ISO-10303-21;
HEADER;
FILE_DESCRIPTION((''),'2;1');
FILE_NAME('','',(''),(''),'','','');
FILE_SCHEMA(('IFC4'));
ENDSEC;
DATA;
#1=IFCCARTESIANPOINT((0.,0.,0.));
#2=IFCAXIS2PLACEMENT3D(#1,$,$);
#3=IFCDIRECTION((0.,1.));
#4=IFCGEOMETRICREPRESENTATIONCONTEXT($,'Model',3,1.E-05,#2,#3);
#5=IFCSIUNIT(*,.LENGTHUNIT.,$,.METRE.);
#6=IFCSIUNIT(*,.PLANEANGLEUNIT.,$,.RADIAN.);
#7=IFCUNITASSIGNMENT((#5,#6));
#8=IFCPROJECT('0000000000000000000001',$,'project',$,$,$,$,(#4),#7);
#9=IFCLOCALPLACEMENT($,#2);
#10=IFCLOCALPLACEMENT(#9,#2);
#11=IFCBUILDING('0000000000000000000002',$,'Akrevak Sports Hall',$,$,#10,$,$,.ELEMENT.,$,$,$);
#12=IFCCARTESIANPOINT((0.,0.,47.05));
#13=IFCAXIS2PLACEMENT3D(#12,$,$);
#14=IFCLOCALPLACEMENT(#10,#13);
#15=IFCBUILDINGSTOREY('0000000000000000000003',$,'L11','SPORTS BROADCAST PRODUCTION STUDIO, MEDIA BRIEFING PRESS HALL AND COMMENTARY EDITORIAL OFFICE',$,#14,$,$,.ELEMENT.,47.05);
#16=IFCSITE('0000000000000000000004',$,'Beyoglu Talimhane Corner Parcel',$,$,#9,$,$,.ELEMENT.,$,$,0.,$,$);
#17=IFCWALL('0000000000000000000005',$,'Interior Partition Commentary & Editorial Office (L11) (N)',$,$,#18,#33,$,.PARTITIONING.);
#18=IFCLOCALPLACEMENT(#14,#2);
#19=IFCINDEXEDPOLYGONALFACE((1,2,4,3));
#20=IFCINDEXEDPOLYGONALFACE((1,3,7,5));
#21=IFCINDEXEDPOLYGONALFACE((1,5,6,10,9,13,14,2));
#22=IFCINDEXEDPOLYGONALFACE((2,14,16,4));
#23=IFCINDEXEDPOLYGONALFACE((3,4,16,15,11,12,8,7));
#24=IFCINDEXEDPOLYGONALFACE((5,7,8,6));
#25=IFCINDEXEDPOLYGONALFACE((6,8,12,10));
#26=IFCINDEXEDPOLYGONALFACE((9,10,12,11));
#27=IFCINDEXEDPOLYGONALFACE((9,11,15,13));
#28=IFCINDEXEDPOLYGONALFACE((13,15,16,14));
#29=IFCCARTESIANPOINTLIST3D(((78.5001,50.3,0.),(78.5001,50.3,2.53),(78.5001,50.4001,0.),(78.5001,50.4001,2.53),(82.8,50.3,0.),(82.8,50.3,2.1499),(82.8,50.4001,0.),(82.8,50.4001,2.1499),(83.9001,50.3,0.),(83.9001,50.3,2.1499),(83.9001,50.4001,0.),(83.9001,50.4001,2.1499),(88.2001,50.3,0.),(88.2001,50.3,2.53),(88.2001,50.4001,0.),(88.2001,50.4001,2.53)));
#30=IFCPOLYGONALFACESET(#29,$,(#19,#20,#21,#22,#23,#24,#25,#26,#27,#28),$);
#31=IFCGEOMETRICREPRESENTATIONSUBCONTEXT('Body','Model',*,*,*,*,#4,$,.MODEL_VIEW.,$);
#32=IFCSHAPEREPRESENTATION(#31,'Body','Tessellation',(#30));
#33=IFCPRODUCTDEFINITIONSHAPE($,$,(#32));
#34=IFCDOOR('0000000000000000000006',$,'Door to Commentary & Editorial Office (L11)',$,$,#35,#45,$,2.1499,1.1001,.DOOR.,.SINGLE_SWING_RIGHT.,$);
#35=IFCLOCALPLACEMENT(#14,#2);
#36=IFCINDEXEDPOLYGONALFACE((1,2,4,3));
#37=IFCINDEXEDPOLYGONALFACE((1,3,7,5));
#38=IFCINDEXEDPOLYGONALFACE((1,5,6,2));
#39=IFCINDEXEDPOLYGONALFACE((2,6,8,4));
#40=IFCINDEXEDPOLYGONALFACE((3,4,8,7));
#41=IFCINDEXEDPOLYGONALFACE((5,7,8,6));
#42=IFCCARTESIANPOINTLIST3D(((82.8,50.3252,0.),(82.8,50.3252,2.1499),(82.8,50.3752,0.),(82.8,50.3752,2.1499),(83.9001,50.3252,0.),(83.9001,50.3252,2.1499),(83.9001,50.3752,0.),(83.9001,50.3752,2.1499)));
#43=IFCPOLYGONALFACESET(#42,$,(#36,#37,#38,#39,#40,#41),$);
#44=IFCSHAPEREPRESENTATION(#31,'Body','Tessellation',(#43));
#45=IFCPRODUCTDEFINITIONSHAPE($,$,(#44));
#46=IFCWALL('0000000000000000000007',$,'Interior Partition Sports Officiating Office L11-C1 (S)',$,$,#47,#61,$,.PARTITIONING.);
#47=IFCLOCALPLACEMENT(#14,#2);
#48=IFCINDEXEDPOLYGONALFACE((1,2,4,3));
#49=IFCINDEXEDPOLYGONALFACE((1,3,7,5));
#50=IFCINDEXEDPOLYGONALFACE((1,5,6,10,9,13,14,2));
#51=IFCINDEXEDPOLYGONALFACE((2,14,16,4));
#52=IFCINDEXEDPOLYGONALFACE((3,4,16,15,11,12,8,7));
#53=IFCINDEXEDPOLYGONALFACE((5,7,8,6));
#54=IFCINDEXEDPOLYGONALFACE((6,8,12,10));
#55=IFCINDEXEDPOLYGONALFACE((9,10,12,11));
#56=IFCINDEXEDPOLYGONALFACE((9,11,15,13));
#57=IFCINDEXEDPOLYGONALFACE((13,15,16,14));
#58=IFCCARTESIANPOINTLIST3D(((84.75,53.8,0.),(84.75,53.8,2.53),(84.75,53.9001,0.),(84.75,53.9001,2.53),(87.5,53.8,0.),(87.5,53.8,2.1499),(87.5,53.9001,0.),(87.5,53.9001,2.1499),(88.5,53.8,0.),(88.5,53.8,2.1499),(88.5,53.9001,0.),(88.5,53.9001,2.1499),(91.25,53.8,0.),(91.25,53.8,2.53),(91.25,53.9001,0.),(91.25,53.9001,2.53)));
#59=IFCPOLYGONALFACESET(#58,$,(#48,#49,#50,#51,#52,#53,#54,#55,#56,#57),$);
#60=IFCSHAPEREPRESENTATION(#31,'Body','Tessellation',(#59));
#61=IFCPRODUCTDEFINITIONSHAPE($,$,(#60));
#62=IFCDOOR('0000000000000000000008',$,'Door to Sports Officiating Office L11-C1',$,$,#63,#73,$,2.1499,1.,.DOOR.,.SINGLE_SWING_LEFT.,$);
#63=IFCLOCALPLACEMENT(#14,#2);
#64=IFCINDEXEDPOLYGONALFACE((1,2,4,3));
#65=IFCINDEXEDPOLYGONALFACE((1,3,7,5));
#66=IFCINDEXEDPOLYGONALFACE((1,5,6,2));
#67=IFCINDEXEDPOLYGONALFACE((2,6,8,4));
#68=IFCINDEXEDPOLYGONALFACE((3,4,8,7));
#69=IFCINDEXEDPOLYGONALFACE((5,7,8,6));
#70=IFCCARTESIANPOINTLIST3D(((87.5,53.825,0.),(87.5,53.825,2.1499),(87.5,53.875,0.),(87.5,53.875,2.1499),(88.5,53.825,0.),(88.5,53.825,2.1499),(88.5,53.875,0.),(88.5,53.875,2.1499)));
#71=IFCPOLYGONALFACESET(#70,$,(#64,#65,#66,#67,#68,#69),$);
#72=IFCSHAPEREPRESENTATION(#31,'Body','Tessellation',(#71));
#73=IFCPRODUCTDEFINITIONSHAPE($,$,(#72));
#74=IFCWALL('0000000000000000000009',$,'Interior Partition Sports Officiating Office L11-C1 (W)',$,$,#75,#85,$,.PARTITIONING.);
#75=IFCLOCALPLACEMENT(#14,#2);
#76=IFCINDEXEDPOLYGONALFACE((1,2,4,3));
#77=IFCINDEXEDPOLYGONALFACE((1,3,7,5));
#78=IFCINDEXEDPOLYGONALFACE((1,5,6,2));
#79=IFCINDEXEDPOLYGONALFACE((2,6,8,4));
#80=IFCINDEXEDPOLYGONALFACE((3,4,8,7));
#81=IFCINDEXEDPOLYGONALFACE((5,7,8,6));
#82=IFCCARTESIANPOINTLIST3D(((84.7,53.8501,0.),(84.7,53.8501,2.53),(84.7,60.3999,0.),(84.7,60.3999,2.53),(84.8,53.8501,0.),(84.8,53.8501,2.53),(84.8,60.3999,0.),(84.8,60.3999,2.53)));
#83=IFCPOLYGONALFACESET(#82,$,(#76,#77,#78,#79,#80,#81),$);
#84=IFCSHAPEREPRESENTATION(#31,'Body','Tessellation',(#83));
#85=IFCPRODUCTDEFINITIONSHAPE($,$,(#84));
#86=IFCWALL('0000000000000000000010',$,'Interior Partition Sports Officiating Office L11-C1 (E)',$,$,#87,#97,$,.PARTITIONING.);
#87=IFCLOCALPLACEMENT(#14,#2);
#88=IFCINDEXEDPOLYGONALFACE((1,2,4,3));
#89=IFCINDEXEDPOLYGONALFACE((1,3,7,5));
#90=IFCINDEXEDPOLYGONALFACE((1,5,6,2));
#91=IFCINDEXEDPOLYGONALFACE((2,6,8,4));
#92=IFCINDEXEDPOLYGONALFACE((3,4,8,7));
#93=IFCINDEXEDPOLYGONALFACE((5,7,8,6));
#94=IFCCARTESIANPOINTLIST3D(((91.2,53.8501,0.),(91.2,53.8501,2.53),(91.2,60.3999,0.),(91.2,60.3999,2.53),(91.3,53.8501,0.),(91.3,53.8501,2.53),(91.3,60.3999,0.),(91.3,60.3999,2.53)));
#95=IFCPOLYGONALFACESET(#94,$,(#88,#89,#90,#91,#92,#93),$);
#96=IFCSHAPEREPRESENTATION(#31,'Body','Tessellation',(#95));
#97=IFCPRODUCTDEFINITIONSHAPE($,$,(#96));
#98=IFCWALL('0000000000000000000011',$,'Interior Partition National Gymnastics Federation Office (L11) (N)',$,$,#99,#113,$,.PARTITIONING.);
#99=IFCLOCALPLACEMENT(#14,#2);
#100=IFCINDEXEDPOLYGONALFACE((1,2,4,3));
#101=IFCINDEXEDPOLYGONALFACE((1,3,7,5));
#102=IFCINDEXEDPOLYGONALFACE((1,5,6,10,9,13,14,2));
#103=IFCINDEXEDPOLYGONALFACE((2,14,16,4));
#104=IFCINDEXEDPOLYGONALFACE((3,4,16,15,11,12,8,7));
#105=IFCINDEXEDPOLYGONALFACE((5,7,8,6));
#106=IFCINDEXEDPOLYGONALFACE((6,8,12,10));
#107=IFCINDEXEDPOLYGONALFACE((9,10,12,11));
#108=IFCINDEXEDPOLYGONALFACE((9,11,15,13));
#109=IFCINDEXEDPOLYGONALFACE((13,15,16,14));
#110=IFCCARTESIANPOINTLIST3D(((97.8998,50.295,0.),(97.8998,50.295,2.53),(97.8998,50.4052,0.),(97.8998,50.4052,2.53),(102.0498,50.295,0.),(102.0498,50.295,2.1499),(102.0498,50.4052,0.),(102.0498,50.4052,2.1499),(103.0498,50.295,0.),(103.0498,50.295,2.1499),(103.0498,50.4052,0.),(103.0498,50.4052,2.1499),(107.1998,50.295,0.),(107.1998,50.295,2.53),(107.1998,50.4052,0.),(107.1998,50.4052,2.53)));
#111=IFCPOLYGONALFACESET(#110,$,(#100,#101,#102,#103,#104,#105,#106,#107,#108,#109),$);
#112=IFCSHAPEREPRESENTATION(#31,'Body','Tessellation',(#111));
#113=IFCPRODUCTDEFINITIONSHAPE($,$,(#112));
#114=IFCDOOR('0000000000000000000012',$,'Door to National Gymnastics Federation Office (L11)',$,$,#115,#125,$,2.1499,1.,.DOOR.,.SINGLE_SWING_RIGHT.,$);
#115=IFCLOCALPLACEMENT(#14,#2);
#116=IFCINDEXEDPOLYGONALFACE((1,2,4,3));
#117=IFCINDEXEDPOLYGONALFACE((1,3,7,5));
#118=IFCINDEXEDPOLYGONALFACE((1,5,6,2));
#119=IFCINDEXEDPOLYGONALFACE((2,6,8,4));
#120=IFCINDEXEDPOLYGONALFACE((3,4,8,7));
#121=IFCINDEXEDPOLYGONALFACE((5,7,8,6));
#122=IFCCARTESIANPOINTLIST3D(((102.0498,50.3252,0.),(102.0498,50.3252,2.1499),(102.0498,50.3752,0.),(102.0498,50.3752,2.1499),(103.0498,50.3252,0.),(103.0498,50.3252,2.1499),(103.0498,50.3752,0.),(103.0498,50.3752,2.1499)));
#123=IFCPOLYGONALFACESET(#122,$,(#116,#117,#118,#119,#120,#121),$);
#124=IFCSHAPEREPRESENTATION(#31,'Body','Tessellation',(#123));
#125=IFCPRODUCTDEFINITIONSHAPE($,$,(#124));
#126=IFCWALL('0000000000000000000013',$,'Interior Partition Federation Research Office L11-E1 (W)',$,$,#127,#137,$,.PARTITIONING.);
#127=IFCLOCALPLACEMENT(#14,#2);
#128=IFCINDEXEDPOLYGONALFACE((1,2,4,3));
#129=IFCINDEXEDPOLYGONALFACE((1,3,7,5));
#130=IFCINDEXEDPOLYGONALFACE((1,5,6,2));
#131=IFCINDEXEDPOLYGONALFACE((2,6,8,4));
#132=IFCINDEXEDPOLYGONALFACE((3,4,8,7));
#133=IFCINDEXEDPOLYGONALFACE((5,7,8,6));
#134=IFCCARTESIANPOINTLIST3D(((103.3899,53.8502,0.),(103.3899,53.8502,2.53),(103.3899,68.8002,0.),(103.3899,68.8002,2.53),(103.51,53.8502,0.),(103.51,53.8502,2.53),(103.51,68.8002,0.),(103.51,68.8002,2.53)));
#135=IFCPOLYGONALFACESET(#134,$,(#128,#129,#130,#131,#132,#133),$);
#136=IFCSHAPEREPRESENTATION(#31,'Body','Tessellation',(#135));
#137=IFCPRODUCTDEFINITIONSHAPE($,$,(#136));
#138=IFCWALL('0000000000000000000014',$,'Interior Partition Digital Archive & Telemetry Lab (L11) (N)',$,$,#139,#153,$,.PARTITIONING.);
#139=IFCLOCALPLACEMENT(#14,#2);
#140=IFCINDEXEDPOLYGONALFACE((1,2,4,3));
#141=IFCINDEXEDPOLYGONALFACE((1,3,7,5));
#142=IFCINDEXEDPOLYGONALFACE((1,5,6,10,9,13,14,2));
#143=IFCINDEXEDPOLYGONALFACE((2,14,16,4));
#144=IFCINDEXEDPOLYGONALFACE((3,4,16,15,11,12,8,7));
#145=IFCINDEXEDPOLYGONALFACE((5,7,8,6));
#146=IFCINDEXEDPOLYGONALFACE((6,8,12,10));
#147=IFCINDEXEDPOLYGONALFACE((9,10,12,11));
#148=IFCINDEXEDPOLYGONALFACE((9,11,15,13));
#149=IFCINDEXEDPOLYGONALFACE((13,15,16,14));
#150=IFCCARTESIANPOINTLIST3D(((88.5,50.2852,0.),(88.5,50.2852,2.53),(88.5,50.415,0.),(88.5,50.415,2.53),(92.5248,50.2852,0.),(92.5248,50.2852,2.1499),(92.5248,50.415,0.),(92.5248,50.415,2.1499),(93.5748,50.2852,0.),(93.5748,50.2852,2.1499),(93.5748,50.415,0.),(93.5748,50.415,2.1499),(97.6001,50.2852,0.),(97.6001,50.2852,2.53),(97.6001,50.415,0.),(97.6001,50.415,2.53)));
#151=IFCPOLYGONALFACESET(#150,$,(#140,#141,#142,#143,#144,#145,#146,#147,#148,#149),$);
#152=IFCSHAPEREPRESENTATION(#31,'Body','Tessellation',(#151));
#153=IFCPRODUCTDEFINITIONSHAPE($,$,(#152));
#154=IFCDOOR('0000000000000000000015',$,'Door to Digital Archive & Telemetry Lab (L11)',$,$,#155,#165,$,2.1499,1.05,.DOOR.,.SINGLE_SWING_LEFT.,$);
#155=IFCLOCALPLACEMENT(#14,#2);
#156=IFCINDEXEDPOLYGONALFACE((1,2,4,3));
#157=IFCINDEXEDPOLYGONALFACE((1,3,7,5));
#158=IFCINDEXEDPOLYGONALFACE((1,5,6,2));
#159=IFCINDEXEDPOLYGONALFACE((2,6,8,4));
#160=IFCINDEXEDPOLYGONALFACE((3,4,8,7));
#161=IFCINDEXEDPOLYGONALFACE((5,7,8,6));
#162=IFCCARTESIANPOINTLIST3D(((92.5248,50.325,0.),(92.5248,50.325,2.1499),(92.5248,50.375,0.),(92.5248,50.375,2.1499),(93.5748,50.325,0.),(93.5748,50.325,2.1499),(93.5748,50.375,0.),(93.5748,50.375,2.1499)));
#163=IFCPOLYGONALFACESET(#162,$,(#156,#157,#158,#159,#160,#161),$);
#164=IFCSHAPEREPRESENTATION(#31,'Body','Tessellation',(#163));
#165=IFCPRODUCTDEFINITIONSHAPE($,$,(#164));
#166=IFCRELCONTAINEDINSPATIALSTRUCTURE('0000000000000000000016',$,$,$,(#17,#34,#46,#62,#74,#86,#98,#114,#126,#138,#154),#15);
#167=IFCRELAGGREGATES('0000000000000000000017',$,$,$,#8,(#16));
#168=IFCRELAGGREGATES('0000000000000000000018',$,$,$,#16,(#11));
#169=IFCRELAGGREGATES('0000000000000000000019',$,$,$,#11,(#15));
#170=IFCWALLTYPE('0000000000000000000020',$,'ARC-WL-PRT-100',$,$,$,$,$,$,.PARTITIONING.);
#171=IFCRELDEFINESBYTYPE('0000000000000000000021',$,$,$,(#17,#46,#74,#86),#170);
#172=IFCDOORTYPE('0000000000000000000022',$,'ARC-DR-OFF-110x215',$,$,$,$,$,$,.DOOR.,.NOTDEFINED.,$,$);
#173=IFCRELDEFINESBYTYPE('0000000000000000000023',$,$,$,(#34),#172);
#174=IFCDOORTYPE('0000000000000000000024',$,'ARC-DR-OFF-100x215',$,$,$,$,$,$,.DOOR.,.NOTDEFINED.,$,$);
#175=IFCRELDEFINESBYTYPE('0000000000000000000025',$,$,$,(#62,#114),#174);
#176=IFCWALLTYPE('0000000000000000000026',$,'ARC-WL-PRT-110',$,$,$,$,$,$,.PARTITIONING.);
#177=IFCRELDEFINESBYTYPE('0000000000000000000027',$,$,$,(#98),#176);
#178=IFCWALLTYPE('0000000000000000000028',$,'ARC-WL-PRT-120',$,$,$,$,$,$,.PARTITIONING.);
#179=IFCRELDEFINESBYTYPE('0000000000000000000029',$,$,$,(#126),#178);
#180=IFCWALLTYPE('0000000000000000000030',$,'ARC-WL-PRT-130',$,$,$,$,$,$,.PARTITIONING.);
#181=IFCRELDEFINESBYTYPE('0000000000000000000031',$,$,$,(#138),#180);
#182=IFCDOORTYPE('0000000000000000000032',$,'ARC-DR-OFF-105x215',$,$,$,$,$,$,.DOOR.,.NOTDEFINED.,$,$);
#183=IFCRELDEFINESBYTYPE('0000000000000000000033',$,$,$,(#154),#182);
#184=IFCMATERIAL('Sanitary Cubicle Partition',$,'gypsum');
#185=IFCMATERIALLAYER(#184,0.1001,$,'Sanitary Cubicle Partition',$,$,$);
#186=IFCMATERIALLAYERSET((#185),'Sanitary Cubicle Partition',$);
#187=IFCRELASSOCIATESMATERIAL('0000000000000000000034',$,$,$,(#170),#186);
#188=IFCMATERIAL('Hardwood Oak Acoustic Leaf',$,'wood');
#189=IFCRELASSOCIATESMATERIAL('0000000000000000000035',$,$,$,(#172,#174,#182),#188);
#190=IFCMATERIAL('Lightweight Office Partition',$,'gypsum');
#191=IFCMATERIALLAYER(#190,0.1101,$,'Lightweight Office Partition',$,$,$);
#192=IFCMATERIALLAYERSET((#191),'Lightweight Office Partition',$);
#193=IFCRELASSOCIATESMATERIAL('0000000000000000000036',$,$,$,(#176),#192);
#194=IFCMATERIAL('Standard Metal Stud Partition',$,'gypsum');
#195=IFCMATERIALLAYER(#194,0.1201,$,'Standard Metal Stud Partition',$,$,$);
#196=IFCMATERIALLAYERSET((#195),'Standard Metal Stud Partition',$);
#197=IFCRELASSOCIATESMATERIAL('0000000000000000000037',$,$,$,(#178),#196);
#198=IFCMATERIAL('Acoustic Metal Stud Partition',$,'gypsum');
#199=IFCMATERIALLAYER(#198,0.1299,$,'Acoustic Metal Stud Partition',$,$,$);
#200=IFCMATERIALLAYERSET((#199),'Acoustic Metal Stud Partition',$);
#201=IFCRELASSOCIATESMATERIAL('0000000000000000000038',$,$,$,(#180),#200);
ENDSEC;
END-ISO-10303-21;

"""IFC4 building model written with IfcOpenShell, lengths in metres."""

from ifc_helpers import new_model, si_unit, direction, frame, frame_2d, origin, place, context, subcontext, project, spatial, rectangle, extrude, material, layer, layer_set, type_object, element, fill, save


model = new_model("IFC4")

# Units and contexts
model_context = context("Model", 3, precision=1e-05, world=origin(), true_north=direction((0.0, 1.0)))
body_context = subcontext(model_context, "Body", "Model", "MODEL_VIEW")
ifc_project = project(units=[si_unit("LENGTHUNIT", "METRE"), si_unit("PLANEANGLEUNIT", "RADIAN")], contexts=[model_context])

# Site, building, storey
site_placement = place(None, origin())
site = spatial("IfcSite", under=ifc_project, at=site_placement, Name="Beyoglu Talimhane Corner Parcel", CompositionType="ELEMENT", RefElevation=0.0)
building_placement = place(site_placement, origin())
building = spatial("IfcBuilding", under=site, at=building_placement, Name="Akrevak Sports Hall", CompositionType="ELEMENT")
storey_placement = place(building_placement, frame((0.0, 0.0, 47.05)))
storey = spatial("IfcBuildingStorey", under=building, at=storey_placement, Name="L11", Description="SPORTS BROADCAST PRODUCTION STUDIO, MEDIA BRIEFING PRESS HALL AND COMMENTARY EDITORIAL OFFICE", CompositionType="ELEMENT", Elevation=47.05)

# Walls, openings, doors
ifc_material_1 = material(Name="Sanitary Cubicle Partition", Category="gypsum")
ifc_layer_1 = layer(ifc_material_1, 0.1001, Name="Sanitary Cubicle Partition")
ifc_layer_set_1 = layer_set([ifc_layer_1], Name="Sanitary Cubicle Partition")
wall_type_1 = type_object("IfcWallType", Name="ARC-WL-PRT-100", PredefinedType="PARTITIONING", material=ifc_layer_set_1)
wall_1_placement = place(storey_placement, frame((78.5, 50.3501, 0.0), z_axis=(0.0, 0.0, 1.0), x_axis=(1.0, 0.0, 0.0)))
wall_1 = element("IfcWall", 1, at=wall_1_placement, inside=storey, type_object=wall_type_1, Name="Interior Partition Commentary & Editorial Office (L11) (N)", PredefinedType="PARTITIONING", context=body_context, shape_type="SweptSolid", body=[
    extrude(rectangle(XDim=9.7, YDim=0.1001, at=frame_2d((4.8501, 0.0))), origin(), (0.0, 0.0, 1.0), 2.53),
])
opening_1_placement = place(wall_1_placement, frame((4.3, 0.0, 0.0)))
opening_1 = element("IfcOpeningElement", 2, at=opening_1_placement, cuts=wall_1, PredefinedType="OPENING", context=body_context, shape_type="SweptSolid", body=[
    extrude(rectangle(XDim=1.1001, YDim=2.1499, at=frame_2d((0.55, 1.075))), frame((0.0, 0.062, 0.0), z_axis=(0.0, -1.0, 0.0), x_axis=(1.0, 0.0, 0.0)), (0.0, 0.0, 1.0), 0.124),
])
ifc_material_2 = material(Name="Hardwood Oak Acoustic Leaf", Category="wood")
door_type_1 = type_object("IfcDoorType", Name="ARC-DR-OFF-110x215", OperationType="NOTDEFINED", PredefinedType="DOOR", material=ifc_material_2)
door_1_placement = place(opening_1_placement, frame((1.1001, 0.0, 0.0), z_axis=(0.0, 0.0, 1.0), x_axis=(-1.0, 0.0, 0.0)))
door_1 = element("IfcDoor", 3, at=door_1_placement, inside=storey, type_object=door_type_1, Name="Door to Commentary & Editorial Office (L11)", OperationType="SINGLE_SWING_RIGHT", OverallHeight=2.1499, OverallWidth=1.1001, PredefinedType="DOOR", context=body_context, shape_type="SweptSolid", body=[
    extrude(rectangle(XDim=1.1001, YDim=2.1499, at=frame_2d((0.55, 1.075))), frame((0.0, 0.0249, 0.0), z_axis=(0.0, -1.0, 0.0), x_axis=(1.0, 0.0, 0.0)), (0.0, 0.0, 1.0), 0.05),
])
fill(opening_1, door_1)
wall_2_placement = place(storey_placement, frame((84.75, 53.8501, 0.0), z_axis=(0.0, 0.0, 1.0), x_axis=(1.0, 0.0, 0.0)))
wall_2 = element("IfcWall", 4, at=wall_2_placement, inside=storey, type_object=wall_type_1, Name="Interior Partition Sports Officiating Office L11-C1 (S)", PredefinedType="PARTITIONING", context=body_context, shape_type="SweptSolid", body=[
    extrude(rectangle(XDim=6.5, YDim=0.1001, at=frame_2d((3.25, 0.0))), origin(), (0.0, 0.0, 1.0), 2.53),
])
opening_2_placement = place(wall_2_placement, frame((2.75, 0.0, 0.0)))
opening_2 = element("IfcOpeningElement", 5, at=opening_2_placement, cuts=wall_2, PredefinedType="OPENING", context=body_context, shape_type="SweptSolid", body=[
    extrude(rectangle(XDim=1.0, YDim=2.1499, at=frame_2d((0.5, 1.075))), frame((0.0, 0.062, 0.0), z_axis=(0.0, -1.0, 0.0), x_axis=(1.0, 0.0, 0.0)), (0.0, 0.0, 1.0), 0.124),
])
door_type_2 = type_object("IfcDoorType", Name="ARC-DR-OFF-100x215", OperationType="NOTDEFINED", PredefinedType="DOOR", material=ifc_material_2)
door_2_placement = place(opening_2_placement, origin())
door_2 = element("IfcDoor", 6, at=door_2_placement, inside=storey, type_object=door_type_2, Name="Door to Sports Officiating Office L11-C1", OperationType="SINGLE_SWING_LEFT", OverallHeight=2.1499, OverallWidth=1.0, PredefinedType="DOOR", context=body_context, shape_type="SweptSolid", body=[
    extrude(rectangle(XDim=1.0, YDim=2.1499, at=frame_2d((0.5, 1.075))), frame((0.0, 0.0249, 0.0), z_axis=(0.0, -1.0, 0.0), x_axis=(1.0, 0.0, 0.0)), (0.0, 0.0, 1.0), 0.05),
])
fill(opening_2, door_2)

# Walls
for number, where, z_axis, x_axis, name in (
    (7, (84.75, 53.8501, 0.0), (0.0, 0.0, 1.0), (0.0, 1.0, 0.0), "Interior Partition Sports Officiating Office L11-C1 (W)"),
    (8, (91.25, 53.8501, 0.0), (0.0, 0.0, 1.0), (0.0, 1.0, 0.0), "Interior Partition Sports Officiating Office L11-C1 (E)"),
):
    element("IfcWall", number, at=place(storey_placement, frame(where, z_axis=z_axis, x_axis=x_axis)), inside=storey, type_object=wall_type_1, Name=name, PredefinedType="PARTITIONING", context=body_context, shape_type="SweptSolid", body=[
        extrude(rectangle(XDim=6.5498, YDim=0.1001, at=frame_2d((3.2749, 0.0))), origin(), (0.0, 0.0, 1.0), 2.53),
    ])

# Wall, opening, door
ifc_material_3 = material(Name="Lightweight Office Partition", Category="gypsum")
ifc_layer_2 = layer(ifc_material_3, 0.1101, Name="Lightweight Office Partition")
ifc_layer_set_2 = layer_set([ifc_layer_2], Name="Lightweight Office Partition")
wall_type_2 = type_object("IfcWallType", Name="ARC-WL-PRT-110", PredefinedType="PARTITIONING", material=ifc_layer_set_2)
wall_3_placement = place(storey_placement, frame((97.8999, 50.3501, 0.0), z_axis=(0.0, 0.0, 1.0), x_axis=(1.0, 0.0, 0.0)))
wall_3 = element("IfcWall", 9, at=wall_3_placement, inside=storey, type_object=wall_type_2, Name="Interior Partition National Gymnastics Federation Office (L11) (N)", PredefinedType="PARTITIONING", context=body_context, shape_type="SweptSolid", body=[
    extrude(rectangle(XDim=9.3, YDim=0.1101, at=frame_2d((4.6499, 0.0))), origin(), (0.0, 0.0, 1.0), 2.53),
])
opening_3_placement = place(wall_3_placement, frame((4.1499, 0.0, 0.0)))
opening_3 = element("IfcOpeningElement", 10, at=opening_3_placement, cuts=wall_3, PredefinedType="OPENING", context=body_context, shape_type="SweptSolid", body=[
    extrude(rectangle(XDim=1.0, YDim=2.1499, at=frame_2d((0.5, 1.075))), frame((0.0, 0.0669, 0.0), z_axis=(0.0, -1.0, 0.0), x_axis=(1.0, 0.0, 0.0)), (0.0, 0.0, 1.0), 0.134),
])
door_3_placement = place(opening_3_placement, frame((1.0, 0.0, 0.0), z_axis=(0.0, 0.0, 1.0), x_axis=(-1.0, 0.0, 0.0)))
door_3 = element("IfcDoor", 11, at=door_3_placement, inside=storey, type_object=door_type_2, Name="Door to National Gymnastics Federation Office (L11)", OperationType="SINGLE_SWING_RIGHT", OverallHeight=2.1499, OverallWidth=1.0, PredefinedType="DOOR", context=body_context, shape_type="SweptSolid", body=[
    extrude(rectangle(XDim=1.0, YDim=2.1499, at=frame_2d((0.5, 1.075))), frame((0.0, 0.0249, 0.0), z_axis=(0.0, -1.0, 0.0), x_axis=(1.0, 0.0, 0.0)), (0.0, 0.0, 1.0), 0.05),
])
fill(opening_3, door_3)
ifc_material_4 = material(Name="Standard Metal Stud Partition", Category="gypsum")
ifc_layer_3 = layer(ifc_material_4, 0.1201, Name="Standard Metal Stud Partition")
ifc_layer_set_3 = layer_set([ifc_layer_3], Name="Standard Metal Stud Partition")
wall_type_3 = type_object("IfcWallType", Name="ARC-WL-PRT-120", PredefinedType="PARTITIONING", material=ifc_layer_set_3)
door_type_3 = type_object("IfcDoorType", Name="ARC-DR-OFF-105x215", OperationType="NOTDEFINED", PredefinedType="DOOR", material=ifc_material_2)

# Wall
wall_4_placement = place(storey_placement, frame((103.45, 53.8501, 0.0), z_axis=(0.0, 0.0, 1.0), x_axis=(0.0, 1.0, 0.0)))
element("IfcWall", 12, at=wall_4_placement, inside=storey, type_object=wall_type_3, Name="Interior Partition Federation Research Office L11-E1 (W)", PredefinedType="PARTITIONING", context=body_context, shape_type="SweptSolid", body=[
    extrude(rectangle(XDim=14.95, YDim=0.1201, at=frame_2d((7.4751, 0.0))), origin(), (0.0, 0.0, 1.0), 2.53),
])

# Wall, opening, door
ifc_material_5 = material(Name="Acoustic Metal Stud Partition", Category="gypsum")
ifc_layer_4 = layer(ifc_material_5, 0.1299, Name="Acoustic Metal Stud Partition")
ifc_layer_set_4 = layer_set([ifc_layer_4], Name="Acoustic Metal Stud Partition")
wall_type_4 = type_object("IfcWallType", Name="ARC-WL-PRT-130", PredefinedType="PARTITIONING", material=ifc_layer_set_4)
wall_5_placement = place(storey_placement, frame((88.5, 50.3501, 0.0), z_axis=(0.0, 0.0, 1.0), x_axis=(1.0, 0.0, 0.0)))
wall_5 = element("IfcWall", 13, at=wall_5_placement, inside=storey, type_object=wall_type_4, Name="Interior Partition Digital Archive & Telemetry Lab (L11) (N)", PredefinedType="PARTITIONING", context=body_context, shape_type="SweptSolid", body=[
    extrude(rectangle(XDim=9.1001, YDim=0.1299, at=frame_2d((4.55, 0.0))), origin(), (0.0, 0.0, 1.0), 2.53),
])
opening_4_placement = place(wall_5_placement, frame((4.0249, 0.0, 0.0)))
opening_4 = element("IfcOpeningElement", 14, at=opening_4_placement, cuts=wall_5, PredefinedType="OPENING", context=body_context, shape_type="SweptSolid", body=[
    extrude(rectangle(XDim=1.05, YDim=2.1499, at=frame_2d((0.5249, 1.075))), frame((0.0, 0.0769, 0.0), z_axis=(0.0, -1.0, 0.0), x_axis=(1.0, 0.0, 0.0)), (0.0, 0.0, 1.0), 0.1538),
])
door_4_placement = place(opening_4_placement, origin())
door_4 = element("IfcDoor", 15, at=door_4_placement, inside=storey, type_object=door_type_3, Name="Door to Digital Archive & Telemetry Lab (L11)", OperationType="SINGLE_SWING_LEFT", OverallHeight=2.1499, OverallWidth=1.05, PredefinedType="DOOR", context=body_context, shape_type="SweptSolid", body=[
    extrude(rectangle(XDim=1.05, YDim=2.1499, at=frame_2d((0.5249, 1.075))), frame((0.0, 0.0249, 0.0), z_axis=(0.0, -1.0, 0.0), x_axis=(1.0, 0.0, 0.0)), (0.0, 0.0, 1.0), 0.05),
])
fill(opening_4, door_4)

save(model, "model.ifc")
